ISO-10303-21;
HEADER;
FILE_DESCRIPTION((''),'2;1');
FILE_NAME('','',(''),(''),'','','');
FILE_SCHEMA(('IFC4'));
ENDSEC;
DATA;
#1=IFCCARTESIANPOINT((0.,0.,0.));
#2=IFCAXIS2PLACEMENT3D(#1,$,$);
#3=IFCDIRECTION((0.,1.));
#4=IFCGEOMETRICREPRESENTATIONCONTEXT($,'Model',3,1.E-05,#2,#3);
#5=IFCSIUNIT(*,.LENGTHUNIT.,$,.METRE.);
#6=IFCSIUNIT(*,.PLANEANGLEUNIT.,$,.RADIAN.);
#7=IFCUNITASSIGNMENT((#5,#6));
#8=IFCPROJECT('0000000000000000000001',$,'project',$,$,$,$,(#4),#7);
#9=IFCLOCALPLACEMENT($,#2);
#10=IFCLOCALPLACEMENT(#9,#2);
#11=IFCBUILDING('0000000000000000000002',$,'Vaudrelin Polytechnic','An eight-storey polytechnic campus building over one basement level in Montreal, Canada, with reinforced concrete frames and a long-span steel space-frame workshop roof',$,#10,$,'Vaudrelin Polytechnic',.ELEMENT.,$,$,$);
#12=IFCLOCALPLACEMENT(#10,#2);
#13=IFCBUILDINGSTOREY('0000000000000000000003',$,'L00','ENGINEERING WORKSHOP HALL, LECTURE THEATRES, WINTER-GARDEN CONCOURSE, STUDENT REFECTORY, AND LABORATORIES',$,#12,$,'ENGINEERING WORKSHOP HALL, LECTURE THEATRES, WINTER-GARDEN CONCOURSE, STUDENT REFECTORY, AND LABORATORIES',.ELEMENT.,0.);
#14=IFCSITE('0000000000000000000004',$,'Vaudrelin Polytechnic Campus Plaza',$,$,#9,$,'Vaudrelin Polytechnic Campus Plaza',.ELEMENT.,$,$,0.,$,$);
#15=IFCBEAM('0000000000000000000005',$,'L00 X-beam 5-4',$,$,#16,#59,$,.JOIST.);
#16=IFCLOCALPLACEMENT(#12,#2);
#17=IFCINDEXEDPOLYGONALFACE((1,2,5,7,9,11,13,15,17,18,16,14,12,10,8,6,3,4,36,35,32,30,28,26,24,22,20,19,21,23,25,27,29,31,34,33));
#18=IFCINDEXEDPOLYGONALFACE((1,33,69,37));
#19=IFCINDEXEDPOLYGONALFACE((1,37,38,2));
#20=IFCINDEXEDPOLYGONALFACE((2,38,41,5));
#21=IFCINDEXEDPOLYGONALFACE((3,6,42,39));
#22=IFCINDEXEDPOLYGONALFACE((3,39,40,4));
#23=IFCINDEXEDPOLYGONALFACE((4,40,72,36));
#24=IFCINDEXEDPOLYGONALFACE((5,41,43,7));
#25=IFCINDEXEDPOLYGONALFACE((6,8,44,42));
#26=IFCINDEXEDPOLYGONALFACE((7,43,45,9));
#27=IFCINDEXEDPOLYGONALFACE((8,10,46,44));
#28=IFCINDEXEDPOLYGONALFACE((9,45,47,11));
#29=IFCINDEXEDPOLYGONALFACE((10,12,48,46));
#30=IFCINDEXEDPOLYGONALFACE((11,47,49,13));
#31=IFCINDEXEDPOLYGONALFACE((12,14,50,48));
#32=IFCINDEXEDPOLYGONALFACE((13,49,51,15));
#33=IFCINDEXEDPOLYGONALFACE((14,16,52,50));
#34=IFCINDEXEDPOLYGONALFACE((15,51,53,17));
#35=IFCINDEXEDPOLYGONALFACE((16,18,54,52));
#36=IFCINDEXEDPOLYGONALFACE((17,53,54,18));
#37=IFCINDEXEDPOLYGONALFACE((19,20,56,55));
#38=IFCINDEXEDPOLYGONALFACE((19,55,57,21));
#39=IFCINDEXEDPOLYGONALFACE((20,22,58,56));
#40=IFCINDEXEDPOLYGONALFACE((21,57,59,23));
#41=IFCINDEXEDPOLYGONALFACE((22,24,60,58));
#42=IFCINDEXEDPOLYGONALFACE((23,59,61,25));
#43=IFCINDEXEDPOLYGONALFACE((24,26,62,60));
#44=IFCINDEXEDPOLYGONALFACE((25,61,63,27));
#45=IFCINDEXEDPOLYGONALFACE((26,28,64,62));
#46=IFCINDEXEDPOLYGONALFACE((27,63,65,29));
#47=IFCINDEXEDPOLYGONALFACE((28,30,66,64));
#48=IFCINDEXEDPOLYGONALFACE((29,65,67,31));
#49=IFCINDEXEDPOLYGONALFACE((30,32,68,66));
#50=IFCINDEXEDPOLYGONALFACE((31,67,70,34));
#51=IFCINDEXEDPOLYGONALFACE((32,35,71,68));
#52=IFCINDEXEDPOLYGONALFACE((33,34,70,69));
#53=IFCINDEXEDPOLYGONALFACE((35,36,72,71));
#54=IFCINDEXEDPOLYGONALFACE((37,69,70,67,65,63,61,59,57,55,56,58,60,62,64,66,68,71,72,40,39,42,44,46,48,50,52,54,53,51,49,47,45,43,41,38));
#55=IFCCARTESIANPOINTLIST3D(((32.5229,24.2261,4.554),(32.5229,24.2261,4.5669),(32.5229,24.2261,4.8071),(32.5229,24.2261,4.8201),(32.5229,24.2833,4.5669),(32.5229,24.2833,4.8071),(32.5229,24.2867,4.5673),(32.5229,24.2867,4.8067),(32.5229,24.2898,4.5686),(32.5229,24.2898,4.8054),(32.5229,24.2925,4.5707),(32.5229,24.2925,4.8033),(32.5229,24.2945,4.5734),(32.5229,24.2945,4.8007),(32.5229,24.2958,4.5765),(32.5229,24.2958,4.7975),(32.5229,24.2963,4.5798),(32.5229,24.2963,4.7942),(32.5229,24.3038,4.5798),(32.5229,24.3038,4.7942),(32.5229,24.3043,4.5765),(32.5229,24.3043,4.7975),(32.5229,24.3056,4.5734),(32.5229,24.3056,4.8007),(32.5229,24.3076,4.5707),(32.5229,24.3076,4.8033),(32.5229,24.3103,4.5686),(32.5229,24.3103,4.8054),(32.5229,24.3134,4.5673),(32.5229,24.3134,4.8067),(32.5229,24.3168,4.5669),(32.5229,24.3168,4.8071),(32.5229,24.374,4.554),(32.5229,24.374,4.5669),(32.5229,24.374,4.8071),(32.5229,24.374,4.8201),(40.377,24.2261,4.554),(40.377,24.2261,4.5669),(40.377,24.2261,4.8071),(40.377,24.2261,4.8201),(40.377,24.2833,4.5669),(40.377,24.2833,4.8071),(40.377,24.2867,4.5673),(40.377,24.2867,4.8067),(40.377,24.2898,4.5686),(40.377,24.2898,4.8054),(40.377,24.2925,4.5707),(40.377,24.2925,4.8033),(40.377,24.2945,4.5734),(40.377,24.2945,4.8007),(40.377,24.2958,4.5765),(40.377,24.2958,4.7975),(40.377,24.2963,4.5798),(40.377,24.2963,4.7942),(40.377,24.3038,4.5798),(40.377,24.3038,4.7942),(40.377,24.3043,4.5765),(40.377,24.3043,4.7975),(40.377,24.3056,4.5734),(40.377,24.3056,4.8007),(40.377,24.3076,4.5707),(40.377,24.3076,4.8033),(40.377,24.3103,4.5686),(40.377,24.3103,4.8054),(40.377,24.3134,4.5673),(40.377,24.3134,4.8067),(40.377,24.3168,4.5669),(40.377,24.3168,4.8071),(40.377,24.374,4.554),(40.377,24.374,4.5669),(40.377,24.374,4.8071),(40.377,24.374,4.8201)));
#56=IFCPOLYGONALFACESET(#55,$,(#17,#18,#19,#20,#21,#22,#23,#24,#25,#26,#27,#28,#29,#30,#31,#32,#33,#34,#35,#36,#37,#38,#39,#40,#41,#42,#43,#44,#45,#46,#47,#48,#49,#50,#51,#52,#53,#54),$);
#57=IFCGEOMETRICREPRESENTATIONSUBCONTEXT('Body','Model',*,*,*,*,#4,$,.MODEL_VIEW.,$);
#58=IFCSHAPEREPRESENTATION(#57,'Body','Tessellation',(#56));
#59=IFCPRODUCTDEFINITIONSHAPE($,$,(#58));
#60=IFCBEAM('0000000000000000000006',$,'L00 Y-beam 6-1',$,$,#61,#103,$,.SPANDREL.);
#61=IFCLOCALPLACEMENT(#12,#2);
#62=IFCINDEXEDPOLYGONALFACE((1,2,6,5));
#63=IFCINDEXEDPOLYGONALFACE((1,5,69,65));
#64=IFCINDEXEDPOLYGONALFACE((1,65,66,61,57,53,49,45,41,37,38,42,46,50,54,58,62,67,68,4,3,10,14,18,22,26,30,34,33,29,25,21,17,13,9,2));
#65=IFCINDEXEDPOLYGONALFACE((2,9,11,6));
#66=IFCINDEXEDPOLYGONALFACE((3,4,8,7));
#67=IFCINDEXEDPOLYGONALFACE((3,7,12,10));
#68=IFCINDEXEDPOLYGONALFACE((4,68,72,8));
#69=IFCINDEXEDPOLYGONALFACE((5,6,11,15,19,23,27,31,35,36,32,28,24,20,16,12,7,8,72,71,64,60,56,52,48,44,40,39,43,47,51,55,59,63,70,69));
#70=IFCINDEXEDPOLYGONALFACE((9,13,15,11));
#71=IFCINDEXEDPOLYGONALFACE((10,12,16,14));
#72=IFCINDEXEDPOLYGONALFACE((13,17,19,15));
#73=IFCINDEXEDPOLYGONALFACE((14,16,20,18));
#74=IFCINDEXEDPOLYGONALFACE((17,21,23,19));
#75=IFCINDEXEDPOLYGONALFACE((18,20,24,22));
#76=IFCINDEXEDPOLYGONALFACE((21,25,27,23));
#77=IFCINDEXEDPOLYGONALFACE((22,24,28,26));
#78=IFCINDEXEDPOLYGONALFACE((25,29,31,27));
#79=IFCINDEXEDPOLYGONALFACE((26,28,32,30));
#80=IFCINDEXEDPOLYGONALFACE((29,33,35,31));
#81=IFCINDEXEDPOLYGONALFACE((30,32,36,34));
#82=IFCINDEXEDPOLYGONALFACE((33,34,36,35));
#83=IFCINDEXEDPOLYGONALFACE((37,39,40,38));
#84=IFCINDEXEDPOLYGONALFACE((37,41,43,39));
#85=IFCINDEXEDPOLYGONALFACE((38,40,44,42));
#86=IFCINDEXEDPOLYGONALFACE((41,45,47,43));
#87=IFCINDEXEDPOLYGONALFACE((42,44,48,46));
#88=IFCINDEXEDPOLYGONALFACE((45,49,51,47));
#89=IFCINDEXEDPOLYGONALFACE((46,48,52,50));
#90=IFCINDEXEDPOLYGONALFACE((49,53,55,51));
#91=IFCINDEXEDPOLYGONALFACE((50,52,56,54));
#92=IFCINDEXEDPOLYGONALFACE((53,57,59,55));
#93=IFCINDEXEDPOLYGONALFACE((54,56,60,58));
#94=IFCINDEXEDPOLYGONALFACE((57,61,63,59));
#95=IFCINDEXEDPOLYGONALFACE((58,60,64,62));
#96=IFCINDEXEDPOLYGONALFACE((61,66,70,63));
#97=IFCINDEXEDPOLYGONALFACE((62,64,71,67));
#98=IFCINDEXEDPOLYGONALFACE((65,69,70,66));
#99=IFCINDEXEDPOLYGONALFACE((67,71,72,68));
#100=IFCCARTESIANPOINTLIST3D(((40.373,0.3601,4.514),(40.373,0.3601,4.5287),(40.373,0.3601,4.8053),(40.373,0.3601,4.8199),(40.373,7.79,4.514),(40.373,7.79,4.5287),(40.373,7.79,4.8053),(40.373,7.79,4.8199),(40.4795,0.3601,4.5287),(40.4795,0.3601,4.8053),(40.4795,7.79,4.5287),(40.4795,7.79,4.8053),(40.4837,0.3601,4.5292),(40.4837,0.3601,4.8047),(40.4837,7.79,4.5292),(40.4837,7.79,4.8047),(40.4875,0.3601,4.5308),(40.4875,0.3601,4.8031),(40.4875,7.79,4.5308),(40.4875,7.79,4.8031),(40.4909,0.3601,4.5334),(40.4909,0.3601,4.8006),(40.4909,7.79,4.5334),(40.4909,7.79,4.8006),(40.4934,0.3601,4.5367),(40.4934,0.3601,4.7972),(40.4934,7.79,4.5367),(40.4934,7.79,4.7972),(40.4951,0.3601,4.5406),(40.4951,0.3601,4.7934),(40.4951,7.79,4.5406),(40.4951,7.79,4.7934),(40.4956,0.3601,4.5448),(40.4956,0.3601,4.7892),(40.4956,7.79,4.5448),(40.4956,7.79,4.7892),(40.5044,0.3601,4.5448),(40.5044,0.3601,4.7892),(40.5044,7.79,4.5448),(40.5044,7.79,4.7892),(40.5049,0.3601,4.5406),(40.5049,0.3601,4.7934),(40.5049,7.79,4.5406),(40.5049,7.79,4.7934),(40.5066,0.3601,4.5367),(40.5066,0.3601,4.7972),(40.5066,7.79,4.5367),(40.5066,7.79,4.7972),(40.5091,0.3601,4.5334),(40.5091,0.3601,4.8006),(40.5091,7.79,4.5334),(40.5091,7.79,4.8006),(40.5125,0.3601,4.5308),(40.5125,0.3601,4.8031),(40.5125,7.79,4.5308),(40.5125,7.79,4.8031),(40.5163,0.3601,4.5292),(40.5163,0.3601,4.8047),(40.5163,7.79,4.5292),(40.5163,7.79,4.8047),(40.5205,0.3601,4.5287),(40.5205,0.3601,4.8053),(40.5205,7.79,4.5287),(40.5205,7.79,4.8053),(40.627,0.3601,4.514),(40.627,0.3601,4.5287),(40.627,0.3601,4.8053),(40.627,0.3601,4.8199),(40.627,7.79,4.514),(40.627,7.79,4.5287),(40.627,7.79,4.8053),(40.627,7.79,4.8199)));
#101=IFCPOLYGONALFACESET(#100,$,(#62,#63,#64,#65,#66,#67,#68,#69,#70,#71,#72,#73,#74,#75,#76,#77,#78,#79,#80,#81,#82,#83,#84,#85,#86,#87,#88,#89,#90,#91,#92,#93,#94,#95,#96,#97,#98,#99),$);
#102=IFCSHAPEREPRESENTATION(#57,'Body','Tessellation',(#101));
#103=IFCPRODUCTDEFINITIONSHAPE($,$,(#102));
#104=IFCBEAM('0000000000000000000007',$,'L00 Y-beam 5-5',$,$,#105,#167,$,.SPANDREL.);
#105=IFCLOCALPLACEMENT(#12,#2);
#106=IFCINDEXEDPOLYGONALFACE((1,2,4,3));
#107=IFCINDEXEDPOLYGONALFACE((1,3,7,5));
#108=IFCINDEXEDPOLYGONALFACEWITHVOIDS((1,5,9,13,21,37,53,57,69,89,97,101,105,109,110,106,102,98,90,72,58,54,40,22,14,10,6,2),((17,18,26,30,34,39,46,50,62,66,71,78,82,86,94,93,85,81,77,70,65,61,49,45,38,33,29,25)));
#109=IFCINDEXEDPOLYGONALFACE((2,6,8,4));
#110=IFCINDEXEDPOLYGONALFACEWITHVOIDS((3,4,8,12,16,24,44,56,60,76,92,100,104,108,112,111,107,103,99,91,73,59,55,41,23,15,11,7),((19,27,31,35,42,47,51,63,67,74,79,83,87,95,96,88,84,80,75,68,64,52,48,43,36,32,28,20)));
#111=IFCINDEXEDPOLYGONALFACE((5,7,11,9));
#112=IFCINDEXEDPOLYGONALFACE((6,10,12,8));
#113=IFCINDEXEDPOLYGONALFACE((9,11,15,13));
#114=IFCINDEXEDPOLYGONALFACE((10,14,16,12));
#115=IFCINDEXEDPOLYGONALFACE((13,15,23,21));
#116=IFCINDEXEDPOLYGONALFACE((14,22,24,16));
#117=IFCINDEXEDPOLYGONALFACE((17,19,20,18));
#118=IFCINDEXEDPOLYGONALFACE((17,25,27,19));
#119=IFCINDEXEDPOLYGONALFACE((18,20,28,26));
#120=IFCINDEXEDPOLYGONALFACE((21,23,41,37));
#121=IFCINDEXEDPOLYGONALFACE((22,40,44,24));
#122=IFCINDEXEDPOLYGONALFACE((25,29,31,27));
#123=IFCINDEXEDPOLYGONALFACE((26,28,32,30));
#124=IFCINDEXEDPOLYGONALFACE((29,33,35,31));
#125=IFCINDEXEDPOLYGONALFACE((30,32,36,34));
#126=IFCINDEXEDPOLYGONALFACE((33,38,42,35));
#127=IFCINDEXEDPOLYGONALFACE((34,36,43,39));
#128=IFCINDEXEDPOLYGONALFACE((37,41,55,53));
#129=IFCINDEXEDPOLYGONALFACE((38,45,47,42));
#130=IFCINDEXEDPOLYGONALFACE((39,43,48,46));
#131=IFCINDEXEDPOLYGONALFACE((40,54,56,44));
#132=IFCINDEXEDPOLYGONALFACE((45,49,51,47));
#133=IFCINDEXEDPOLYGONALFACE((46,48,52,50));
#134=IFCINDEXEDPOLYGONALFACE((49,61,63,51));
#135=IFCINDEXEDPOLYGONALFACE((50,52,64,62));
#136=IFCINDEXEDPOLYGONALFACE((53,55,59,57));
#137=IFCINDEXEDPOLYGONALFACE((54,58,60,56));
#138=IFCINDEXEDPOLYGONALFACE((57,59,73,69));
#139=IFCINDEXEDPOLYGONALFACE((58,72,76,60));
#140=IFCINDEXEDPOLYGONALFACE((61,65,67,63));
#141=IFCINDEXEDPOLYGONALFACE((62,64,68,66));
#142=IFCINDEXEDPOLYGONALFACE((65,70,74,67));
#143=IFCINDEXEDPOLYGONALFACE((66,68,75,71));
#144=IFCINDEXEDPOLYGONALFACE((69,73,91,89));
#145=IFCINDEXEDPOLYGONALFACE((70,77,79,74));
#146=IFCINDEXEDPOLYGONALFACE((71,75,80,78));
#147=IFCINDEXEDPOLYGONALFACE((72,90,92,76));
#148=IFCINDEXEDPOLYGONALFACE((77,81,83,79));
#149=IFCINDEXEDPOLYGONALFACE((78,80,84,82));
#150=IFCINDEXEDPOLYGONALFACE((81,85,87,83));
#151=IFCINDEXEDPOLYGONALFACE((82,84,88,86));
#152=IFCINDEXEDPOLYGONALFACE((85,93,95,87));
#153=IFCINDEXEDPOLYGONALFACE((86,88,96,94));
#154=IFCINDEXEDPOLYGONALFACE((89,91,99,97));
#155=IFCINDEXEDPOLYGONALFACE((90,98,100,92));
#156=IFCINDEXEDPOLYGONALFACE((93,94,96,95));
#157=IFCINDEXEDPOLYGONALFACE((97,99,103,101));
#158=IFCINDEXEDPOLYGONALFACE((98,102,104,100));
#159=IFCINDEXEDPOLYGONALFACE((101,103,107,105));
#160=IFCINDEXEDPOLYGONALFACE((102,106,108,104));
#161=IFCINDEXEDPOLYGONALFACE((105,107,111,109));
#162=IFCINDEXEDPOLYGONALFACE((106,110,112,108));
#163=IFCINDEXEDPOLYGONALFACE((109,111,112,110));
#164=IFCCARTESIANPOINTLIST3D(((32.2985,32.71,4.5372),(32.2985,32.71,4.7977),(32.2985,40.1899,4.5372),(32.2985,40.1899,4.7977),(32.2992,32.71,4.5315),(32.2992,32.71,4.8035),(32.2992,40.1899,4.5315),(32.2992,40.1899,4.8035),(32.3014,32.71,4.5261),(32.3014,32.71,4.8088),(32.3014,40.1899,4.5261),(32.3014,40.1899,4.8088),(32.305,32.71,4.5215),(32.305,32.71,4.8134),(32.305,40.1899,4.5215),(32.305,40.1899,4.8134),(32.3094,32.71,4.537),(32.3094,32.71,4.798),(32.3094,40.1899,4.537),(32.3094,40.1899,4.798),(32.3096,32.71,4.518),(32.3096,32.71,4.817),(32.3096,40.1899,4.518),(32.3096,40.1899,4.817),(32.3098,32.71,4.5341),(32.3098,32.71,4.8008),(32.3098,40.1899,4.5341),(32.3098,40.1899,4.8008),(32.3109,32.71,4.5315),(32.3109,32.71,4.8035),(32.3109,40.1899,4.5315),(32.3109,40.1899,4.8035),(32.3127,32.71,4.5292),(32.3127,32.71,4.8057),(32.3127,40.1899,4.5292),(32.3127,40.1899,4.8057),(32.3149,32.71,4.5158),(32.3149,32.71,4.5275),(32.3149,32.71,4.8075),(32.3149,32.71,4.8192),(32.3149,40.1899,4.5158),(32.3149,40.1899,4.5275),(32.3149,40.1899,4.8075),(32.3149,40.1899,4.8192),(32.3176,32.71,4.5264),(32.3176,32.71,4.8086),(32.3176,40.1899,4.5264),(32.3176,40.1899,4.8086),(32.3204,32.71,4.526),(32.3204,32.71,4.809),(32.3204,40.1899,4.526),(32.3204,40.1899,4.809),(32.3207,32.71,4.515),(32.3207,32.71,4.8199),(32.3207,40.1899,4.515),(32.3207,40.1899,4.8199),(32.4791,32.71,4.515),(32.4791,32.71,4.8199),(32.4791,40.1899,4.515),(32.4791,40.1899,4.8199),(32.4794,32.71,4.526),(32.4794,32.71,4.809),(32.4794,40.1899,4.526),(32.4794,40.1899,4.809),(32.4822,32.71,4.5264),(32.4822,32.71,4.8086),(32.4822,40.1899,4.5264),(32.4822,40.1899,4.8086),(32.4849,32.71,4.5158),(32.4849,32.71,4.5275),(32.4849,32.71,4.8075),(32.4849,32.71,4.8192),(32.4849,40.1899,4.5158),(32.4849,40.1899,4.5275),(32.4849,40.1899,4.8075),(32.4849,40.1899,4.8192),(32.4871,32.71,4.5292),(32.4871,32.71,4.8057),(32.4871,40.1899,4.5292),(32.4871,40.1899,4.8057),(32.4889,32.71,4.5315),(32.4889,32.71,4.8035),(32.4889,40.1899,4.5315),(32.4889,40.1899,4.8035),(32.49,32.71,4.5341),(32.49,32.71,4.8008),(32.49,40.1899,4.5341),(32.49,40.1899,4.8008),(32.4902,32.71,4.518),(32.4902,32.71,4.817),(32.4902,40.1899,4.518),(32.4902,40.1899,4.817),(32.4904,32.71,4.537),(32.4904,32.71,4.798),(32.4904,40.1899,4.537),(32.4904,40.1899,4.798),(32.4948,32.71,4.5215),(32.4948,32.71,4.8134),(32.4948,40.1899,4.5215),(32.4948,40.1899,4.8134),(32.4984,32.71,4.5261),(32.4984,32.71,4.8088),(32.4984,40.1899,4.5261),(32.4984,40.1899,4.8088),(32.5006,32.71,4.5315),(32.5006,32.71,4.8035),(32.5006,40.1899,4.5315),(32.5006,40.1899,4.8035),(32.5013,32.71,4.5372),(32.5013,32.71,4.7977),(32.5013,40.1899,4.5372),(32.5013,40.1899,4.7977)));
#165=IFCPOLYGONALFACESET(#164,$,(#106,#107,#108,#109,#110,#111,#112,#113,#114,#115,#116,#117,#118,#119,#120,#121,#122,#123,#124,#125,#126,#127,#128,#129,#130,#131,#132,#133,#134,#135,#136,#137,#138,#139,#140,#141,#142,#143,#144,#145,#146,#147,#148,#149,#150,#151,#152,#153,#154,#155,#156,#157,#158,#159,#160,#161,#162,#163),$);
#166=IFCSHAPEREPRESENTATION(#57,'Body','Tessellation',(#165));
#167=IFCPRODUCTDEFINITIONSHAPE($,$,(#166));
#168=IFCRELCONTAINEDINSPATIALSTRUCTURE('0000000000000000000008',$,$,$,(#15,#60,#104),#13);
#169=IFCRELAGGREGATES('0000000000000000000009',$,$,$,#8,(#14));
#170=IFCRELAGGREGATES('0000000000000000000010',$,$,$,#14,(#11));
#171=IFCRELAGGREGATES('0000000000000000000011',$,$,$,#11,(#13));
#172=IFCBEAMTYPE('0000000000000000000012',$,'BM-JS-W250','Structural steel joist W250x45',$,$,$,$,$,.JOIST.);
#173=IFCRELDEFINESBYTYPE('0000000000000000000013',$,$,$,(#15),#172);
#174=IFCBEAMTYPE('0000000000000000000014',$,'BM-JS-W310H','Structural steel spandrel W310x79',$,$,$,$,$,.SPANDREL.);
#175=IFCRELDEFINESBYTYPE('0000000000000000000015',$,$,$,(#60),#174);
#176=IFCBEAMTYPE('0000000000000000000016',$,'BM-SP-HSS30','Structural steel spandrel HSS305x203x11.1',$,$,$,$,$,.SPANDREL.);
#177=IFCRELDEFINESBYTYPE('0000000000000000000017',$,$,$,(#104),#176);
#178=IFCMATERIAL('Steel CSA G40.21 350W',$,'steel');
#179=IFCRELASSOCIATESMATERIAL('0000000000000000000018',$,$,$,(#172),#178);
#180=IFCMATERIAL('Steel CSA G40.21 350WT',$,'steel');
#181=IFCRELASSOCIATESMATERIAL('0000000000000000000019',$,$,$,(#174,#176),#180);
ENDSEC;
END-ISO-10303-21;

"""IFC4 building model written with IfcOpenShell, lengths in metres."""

from ifc_helpers import new_model, si_unit, direction, frame, origin, origin_2d, place, context, subcontext, project, spatial, hollow_rectangle, i_section, extrude, material, material_profile, profile_set, type_object, element, save


model = new_model("IFC4")

# Units and contexts
model_context = context("Model", 3, precision=1e-05, world=origin(), true_north=direction((0.0, 1.0)))
body_context = subcontext(model_context, "Body", "Model", "MODEL_VIEW")
ifc_project = project(units=[si_unit("LENGTHUNIT", "METRE"), si_unit("PLANEANGLEUNIT", "RADIAN")], contexts=[model_context])

# Site, building, storey
site_placement = place(None, origin())
site = spatial("IfcSite", under=ifc_project, at=site_placement, Name="Vaudrelin Polytechnic Campus Plaza", LongName="Vaudrelin Polytechnic Campus Plaza", CompositionType="ELEMENT", RefElevation=0.0)
building_placement = place(site_placement, origin())
building = spatial("IfcBuilding", under=site, at=building_placement, Name="Vaudrelin Polytechnic", Description="An eight-storey polytechnic campus building over one basement level in Montreal, Canada, with reinforced concrete frames and a long-span steel space-frame workshop roof", LongName="Vaudrelin Polytechnic", CompositionType="ELEMENT")
storey_placement = place(building_placement, origin())
storey = spatial("IfcBuildingStorey", under=building, at=storey_placement, Name="L00", Description="ENGINEERING WORKSHOP HALL, LECTURE THEATRES, WINTER-GARDEN CONCOURSE, STUDENT REFECTORY, AND LABORATORIES", LongName="ENGINEERING WORKSHOP HALL, LECTURE THEATRES, WINTER-GARDEN CONCOURSE, STUDENT REFECTORY, AND LABORATORIES", CompositionType="ELEMENT", Elevation=0.0)

# Shared definitions
ifc_material_1 = material(Name="Steel CSA G40.21 350W", Category="steel")

# Beams
ifc_material_profile_1 = material_profile(ifc_material_1, i_section(OverallWidth=0.1479, OverallDepth=0.2661, WebThickness=0.0076, FlangeThickness=0.0129, FilletRadius=0.0129, at=origin_2d()), Name="W250x45")
ifc_profile_set_1 = profile_set([ifc_material_profile_1], Name="Steel CSA G40.21 350W")
beam_type_1 = type_object("IfcBeamType", Name="BM-JS-W250", Description="Structural steel joist W250x45", PredefinedType="JOIST", material=ifc_profile_set_1)
beam_1_placement = place(storey_placement, frame((32.5229, 24.3, 4.687), z_axis=(1.0, 0.0, 0.0), x_axis=(0.0, 1.0, 0.0)))
element("IfcBeam", 1, at=beam_1_placement, inside=storey, type_object=beam_type_1, Name="L00 X-beam 5-4", PredefinedType="JOIST", context=body_context, shape_type="SweptSolid", body=[
    extrude(i_section(OverallWidth=0.1479, OverallDepth=0.2661, WebThickness=0.0076, FlangeThickness=0.0129, FilletRadius=0.0129, at=origin_2d()), origin(), (0.0, 0.0, 1.0), 7.854),
])
ifc_material_2 = material(Name="Steel CSA G40.21 350WT", Category="steel")
ifc_material_profile_2 = material_profile(ifc_material_2, i_section(OverallWidth=0.2539, OverallDepth=0.3059, WebThickness=0.0088, FlangeThickness=0.0146, FilletRadius=0.0161, at=origin_2d()), Name="W310x79")
ifc_profile_set_2 = profile_set([ifc_material_profile_2], Name="Steel CSA G40.21 350WT")
beam_type_2 = type_object("IfcBeamType", Name="BM-JS-W310H", Description="Structural steel spandrel W310x79", PredefinedType="SPANDREL", material=ifc_profile_set_2)
beam_2_placement = place(storey_placement, frame((40.5, 0.3601, 4.667), z_axis=(0.0, 1.0, 0.0), x_axis=(-1.0, 0.0, 0.0)))
element("IfcBeam", 2, at=beam_2_placement, inside=storey, type_object=beam_type_2, Name="L00 Y-beam 6-1", PredefinedType="SPANDREL", context=body_context, shape_type="SweptSolid", body=[
    extrude(i_section(OverallWidth=0.2539, OverallDepth=0.3059, WebThickness=0.0088, FlangeThickness=0.0146, FilletRadius=0.0161, at=origin_2d()), origin(), (0.0, 0.0, 1.0), 7.4299),
])
ifc_material_profile_3 = material_profile(ifc_material_2, hollow_rectangle(XDim=0.2029, YDim=0.3049, WallThickness=0.011, InnerFilletRadius=0.011, OuterFilletRadius=0.0222, at=origin_2d()), Name="HSS305x203x11.1")
ifc_profile_set_3 = profile_set([ifc_material_profile_3], Name="Steel CSA G40.21 350WT")
beam_type_3 = type_object("IfcBeamType", Name="BM-SP-HSS30", Description="Structural steel spandrel HSS305x203x11.1", PredefinedType="SPANDREL", material=ifc_profile_set_3)
beam_3_placement = place(storey_placement, frame((32.3999, 32.71, 4.6675), z_axis=(0.0, 1.0, 0.0), x_axis=(-1.0, 0.0, 0.0)))
element("IfcBeam", 3, at=beam_3_placement, inside=storey, type_object=beam_type_3, Name="L00 Y-beam 5-5", PredefinedType="SPANDREL", context=body_context, shape_type="SweptSolid", body=[
    extrude(hollow_rectangle(XDim=0.2029, YDim=0.3049, WallThickness=0.011, InnerFilletRadius=0.011, OuterFilletRadius=0.0222, at=origin_2d()), origin(), (0.0, 0.0, 1.0), 7.48),
])

save(model, "model.ifc")
